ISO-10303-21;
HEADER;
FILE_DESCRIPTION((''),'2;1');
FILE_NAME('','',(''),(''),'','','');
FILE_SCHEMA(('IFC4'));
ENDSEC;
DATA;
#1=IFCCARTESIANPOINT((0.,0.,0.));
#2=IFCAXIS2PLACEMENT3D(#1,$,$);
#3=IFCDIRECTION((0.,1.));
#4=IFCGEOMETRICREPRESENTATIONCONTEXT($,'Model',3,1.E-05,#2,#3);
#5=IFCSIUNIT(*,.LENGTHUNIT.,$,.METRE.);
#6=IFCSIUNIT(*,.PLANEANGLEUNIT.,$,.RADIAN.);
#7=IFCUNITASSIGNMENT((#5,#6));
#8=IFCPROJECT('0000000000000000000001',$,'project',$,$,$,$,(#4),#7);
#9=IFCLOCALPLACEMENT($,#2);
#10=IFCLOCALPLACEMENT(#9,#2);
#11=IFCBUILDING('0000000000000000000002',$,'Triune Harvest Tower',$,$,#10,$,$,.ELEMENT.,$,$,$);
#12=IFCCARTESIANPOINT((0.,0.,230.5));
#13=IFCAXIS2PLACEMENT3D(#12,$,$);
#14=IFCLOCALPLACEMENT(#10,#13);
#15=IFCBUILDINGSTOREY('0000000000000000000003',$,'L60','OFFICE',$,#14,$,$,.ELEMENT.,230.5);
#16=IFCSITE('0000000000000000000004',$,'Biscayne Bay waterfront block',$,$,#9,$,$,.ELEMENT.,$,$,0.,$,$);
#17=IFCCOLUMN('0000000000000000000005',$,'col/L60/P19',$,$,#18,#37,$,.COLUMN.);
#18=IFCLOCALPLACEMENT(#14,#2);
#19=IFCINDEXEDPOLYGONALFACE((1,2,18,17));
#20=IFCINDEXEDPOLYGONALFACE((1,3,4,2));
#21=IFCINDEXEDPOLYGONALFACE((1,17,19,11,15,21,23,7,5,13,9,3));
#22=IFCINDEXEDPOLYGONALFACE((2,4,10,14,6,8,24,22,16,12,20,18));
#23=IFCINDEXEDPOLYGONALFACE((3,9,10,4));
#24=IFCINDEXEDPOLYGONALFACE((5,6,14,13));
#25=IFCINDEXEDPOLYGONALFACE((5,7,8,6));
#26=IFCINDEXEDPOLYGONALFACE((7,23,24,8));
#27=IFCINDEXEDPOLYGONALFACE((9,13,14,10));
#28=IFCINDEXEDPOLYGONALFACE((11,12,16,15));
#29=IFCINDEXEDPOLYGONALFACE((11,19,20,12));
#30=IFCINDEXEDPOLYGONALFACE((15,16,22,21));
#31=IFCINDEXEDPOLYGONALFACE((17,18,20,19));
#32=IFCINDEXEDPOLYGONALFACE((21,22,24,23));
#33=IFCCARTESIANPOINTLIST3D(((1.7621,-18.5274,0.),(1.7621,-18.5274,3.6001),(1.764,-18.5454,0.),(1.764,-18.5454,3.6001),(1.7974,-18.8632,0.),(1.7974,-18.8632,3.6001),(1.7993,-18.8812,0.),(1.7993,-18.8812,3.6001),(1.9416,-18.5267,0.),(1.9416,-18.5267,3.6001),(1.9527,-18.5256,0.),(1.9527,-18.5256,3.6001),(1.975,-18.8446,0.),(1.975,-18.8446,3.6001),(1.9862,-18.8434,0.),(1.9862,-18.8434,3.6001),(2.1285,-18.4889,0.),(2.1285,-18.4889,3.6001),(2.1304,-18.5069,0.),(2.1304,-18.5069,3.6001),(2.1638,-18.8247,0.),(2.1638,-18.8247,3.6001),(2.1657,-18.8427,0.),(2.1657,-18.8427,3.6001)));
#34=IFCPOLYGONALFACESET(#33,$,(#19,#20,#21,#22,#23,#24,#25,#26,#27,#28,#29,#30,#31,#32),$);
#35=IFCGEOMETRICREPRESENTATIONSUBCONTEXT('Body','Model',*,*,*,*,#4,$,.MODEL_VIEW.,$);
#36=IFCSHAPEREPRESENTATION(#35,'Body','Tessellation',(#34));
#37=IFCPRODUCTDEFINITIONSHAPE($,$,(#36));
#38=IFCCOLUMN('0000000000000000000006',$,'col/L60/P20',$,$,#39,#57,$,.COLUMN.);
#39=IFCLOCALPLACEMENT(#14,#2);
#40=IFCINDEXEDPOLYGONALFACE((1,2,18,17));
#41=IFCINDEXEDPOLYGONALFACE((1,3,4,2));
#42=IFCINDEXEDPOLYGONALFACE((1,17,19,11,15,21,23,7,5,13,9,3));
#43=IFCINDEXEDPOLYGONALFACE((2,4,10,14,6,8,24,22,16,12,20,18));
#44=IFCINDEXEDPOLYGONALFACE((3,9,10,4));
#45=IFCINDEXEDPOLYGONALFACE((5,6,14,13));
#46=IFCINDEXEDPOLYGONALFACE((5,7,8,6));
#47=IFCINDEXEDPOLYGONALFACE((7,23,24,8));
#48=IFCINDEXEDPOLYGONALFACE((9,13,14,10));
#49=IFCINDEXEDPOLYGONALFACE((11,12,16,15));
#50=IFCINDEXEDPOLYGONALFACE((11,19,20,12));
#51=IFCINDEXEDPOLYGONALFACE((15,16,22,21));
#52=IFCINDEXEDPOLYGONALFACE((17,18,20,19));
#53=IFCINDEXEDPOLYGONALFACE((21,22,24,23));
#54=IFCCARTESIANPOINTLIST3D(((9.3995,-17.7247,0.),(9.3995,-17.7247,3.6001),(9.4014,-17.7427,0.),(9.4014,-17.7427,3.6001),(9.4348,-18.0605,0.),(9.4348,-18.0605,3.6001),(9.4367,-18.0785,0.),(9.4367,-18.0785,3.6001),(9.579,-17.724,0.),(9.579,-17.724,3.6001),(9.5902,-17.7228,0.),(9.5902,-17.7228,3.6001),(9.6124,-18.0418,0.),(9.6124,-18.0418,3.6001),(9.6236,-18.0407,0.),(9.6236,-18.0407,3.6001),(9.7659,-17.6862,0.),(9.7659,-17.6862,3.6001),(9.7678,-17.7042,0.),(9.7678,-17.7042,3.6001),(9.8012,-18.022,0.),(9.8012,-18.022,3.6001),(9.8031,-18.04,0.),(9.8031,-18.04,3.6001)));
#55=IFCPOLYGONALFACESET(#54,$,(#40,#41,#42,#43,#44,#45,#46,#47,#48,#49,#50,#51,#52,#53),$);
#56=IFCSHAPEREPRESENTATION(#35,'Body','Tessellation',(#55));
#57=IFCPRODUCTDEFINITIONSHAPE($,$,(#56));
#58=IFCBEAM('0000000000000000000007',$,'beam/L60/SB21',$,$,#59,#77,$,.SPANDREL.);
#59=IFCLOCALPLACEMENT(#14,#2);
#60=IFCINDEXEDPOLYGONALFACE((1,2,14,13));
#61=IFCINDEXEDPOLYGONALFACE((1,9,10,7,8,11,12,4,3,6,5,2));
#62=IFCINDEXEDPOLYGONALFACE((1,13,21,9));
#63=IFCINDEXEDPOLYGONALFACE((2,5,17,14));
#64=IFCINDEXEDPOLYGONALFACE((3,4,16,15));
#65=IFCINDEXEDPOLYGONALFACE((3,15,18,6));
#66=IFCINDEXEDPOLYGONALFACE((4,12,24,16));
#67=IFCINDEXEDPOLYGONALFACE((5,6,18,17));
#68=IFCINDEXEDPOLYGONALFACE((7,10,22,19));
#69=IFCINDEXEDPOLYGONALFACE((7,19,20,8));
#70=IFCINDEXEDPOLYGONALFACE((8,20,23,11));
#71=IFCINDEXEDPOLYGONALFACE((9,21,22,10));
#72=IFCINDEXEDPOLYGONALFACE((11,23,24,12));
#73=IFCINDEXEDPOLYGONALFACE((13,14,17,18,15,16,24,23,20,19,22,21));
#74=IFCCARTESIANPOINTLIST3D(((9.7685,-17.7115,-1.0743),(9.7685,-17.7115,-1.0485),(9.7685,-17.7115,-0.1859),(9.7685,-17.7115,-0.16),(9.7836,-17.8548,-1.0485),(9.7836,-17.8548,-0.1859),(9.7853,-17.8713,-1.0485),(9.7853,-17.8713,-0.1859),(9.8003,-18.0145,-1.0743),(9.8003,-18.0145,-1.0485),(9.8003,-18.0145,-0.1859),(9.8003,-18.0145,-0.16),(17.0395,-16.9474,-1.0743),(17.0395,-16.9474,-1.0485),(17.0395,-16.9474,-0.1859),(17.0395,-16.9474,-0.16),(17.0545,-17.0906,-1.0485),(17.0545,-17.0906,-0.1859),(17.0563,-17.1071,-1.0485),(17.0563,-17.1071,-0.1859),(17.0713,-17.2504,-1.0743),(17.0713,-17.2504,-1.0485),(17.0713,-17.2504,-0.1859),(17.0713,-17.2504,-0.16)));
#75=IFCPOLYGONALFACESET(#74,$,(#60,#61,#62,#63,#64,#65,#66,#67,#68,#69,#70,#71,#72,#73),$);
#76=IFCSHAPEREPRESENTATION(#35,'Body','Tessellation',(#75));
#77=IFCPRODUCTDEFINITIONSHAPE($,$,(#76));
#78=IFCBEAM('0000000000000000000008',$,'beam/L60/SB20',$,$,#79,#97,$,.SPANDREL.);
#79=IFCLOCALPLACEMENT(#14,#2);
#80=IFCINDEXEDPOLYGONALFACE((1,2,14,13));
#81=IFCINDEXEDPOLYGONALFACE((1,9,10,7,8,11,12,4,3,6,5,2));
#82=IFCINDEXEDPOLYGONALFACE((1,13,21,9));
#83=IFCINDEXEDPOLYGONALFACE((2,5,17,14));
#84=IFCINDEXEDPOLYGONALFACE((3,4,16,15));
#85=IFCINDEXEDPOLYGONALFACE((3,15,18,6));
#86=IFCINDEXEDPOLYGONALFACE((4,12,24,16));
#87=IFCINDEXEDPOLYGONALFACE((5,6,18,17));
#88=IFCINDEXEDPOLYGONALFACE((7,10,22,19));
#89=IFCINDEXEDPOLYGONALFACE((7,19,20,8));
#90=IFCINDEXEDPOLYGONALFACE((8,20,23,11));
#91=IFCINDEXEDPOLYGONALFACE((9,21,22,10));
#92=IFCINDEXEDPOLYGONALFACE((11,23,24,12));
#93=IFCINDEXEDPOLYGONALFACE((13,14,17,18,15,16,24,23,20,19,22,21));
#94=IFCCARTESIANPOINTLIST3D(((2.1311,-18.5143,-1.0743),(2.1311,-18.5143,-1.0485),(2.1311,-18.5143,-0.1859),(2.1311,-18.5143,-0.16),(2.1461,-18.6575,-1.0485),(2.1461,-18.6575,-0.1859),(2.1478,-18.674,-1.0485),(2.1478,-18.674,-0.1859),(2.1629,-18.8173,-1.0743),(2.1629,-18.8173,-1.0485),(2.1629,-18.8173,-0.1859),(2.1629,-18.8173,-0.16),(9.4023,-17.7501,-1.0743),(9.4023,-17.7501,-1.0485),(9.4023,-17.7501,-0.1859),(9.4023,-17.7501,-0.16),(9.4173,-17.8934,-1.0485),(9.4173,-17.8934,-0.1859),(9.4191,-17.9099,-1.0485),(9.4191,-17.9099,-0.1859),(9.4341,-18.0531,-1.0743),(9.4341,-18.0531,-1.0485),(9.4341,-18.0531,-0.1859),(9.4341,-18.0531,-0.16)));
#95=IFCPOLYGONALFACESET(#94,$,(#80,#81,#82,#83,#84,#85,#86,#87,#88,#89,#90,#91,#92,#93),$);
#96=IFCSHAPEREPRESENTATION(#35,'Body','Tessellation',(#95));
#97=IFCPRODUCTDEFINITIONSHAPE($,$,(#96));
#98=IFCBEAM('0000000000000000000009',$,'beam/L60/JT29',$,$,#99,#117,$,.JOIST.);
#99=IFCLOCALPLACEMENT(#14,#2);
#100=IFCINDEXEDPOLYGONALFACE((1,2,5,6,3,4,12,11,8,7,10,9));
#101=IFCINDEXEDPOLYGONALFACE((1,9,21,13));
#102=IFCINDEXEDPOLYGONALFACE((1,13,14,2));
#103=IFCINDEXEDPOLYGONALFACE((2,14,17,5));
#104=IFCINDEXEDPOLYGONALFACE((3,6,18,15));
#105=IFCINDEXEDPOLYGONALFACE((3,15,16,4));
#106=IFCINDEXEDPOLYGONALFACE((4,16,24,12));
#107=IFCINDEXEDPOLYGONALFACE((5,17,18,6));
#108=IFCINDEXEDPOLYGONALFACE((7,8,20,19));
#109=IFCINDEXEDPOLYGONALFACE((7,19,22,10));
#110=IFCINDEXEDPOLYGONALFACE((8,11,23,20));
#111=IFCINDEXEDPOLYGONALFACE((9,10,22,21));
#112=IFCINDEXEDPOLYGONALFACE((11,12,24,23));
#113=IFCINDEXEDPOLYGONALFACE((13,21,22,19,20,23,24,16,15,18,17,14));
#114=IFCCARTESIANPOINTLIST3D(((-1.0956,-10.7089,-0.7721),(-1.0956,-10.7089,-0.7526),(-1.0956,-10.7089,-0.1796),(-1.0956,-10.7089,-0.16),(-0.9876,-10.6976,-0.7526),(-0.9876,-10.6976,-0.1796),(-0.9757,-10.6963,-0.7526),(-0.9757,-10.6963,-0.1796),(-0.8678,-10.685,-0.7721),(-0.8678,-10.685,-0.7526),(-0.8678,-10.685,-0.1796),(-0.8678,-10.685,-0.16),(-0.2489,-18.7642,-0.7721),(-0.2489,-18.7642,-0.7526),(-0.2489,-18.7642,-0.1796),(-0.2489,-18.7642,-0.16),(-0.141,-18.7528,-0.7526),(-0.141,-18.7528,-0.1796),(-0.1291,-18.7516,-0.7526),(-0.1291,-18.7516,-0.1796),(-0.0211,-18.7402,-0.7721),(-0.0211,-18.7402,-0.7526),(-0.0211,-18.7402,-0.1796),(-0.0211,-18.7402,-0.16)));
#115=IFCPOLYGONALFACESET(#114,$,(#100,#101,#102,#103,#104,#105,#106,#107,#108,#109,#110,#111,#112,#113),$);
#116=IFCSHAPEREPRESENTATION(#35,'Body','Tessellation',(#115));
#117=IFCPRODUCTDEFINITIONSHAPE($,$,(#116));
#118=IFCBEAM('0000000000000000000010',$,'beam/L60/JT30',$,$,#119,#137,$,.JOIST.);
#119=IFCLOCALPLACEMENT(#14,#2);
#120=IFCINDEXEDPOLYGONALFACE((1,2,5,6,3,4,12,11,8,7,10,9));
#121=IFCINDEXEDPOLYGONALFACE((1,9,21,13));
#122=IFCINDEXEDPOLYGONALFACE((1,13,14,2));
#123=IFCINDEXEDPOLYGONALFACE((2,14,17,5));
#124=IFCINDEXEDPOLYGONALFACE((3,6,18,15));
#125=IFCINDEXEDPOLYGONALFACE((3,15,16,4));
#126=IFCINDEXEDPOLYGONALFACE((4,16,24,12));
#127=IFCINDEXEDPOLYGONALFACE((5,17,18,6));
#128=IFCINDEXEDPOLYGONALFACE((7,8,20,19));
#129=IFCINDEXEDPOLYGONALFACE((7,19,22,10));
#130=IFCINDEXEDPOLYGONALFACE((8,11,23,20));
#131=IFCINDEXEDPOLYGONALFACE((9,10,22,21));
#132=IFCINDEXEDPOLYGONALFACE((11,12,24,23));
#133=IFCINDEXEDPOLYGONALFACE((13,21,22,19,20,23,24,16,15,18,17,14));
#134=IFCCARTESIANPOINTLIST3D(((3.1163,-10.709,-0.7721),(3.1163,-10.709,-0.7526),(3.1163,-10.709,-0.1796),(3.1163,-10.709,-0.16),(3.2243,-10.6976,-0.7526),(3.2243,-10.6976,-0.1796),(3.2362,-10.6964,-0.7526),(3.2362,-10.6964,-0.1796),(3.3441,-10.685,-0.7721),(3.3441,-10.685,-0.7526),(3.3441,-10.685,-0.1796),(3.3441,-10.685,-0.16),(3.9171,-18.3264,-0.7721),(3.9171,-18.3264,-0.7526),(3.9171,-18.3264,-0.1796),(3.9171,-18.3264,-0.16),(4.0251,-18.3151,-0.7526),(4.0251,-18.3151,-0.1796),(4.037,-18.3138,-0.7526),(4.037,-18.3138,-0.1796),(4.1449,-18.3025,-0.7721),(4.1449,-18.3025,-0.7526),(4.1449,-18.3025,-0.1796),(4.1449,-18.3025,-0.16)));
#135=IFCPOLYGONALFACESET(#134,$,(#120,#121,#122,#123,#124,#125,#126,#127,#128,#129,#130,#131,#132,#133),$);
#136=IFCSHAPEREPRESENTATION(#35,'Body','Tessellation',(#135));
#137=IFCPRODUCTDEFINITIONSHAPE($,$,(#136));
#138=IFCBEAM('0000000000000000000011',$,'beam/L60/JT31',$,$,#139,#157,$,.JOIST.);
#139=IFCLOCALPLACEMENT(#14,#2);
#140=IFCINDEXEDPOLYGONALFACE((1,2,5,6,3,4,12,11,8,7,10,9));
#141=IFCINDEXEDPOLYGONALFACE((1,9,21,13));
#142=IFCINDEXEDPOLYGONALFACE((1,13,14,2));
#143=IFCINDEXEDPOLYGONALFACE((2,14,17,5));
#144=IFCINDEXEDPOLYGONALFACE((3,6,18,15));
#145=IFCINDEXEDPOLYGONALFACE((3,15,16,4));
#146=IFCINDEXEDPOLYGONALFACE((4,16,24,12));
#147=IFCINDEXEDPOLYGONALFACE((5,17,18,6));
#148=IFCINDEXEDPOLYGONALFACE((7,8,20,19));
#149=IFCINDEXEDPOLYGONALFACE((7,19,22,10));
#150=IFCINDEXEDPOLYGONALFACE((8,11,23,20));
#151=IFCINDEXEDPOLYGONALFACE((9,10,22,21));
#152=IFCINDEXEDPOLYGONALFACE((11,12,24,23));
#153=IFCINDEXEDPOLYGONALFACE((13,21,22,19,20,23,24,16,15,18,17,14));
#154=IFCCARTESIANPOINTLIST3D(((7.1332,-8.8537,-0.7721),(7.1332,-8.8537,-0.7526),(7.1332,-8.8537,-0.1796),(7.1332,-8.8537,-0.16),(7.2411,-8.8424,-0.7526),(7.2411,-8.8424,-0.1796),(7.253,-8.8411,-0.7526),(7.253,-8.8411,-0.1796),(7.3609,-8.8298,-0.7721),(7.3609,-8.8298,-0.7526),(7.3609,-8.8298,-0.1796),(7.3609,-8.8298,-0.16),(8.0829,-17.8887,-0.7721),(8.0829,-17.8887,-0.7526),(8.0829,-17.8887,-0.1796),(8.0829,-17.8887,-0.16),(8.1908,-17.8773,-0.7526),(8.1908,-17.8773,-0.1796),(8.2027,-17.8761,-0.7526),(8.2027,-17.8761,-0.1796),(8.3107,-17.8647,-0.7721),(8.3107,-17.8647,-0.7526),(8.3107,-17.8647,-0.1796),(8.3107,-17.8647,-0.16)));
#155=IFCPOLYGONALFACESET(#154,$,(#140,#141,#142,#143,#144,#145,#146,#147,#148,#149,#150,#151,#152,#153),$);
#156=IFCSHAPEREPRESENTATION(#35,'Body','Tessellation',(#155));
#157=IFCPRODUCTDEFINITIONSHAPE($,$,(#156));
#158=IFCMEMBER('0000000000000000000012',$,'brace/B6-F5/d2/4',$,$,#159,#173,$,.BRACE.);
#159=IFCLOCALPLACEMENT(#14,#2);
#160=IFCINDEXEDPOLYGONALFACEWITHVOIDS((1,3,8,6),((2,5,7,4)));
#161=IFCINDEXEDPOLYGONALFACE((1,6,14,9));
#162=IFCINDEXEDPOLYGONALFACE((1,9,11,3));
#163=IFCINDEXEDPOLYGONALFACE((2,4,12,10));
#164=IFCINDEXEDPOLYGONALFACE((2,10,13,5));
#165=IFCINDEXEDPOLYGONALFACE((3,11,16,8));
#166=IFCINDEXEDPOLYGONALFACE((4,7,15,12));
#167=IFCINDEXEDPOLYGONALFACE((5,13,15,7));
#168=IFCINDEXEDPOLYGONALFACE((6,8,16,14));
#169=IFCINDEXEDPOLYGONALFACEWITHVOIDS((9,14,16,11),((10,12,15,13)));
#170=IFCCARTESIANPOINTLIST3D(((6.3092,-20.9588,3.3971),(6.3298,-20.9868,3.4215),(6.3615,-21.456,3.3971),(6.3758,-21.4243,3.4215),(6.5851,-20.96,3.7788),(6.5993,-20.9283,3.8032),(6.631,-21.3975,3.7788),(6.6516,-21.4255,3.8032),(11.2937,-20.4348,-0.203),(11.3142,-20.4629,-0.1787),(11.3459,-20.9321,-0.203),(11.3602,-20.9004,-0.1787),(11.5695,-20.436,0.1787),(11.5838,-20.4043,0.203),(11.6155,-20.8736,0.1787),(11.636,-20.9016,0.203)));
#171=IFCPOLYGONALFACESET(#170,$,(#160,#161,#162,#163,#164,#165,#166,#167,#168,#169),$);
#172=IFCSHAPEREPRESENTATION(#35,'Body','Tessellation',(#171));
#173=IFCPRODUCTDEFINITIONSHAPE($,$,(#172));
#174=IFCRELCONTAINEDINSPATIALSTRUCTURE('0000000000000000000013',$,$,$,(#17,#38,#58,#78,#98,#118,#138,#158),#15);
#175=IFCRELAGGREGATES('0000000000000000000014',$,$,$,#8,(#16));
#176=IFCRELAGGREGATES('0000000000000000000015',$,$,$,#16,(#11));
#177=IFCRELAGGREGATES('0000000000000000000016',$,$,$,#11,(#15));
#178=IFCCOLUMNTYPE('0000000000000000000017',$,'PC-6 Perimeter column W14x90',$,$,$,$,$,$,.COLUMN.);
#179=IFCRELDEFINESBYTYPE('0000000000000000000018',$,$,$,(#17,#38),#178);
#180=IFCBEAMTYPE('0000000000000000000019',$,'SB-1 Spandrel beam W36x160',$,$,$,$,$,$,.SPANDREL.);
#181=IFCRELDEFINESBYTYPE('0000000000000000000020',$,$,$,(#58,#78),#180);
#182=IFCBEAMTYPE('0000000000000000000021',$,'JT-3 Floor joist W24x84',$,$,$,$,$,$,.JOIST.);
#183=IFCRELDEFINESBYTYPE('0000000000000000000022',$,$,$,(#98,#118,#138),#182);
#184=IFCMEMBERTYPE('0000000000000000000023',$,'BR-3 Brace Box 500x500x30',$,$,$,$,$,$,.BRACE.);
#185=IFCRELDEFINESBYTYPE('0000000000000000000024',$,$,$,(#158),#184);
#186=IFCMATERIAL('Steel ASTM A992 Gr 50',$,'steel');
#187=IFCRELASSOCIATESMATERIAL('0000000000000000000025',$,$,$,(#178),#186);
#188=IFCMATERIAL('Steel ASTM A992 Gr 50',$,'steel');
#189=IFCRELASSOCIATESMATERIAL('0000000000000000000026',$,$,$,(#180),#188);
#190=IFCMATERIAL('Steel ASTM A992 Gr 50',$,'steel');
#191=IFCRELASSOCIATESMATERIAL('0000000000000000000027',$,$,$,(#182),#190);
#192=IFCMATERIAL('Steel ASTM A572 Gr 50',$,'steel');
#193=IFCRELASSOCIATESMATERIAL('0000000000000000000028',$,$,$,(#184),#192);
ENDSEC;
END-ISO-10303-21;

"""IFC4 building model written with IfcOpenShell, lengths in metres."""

from ifc_helpers import new_model, si_unit, direction, frame, origin, origin_2d, place, context, subcontext, project, spatial, hollow_rectangle, i_section, extrude, source, transform, mapped, material, material_profile, profile_set, type_object, element, save


model = new_model("IFC4")

# Units and contexts
model_context = context("Model", 3, precision=1e-05, world=origin(), true_north=direction((0.0, 1.0)))
body_context = subcontext(model_context, "Body", "Model", "MODEL_VIEW")
ifc_project = project(units=[si_unit("LENGTHUNIT", "METRE"), si_unit("PLANEANGLEUNIT", "RADIAN")], contexts=[model_context])

# Site, building, storey
site_placement = place(None, origin())
site = spatial("IfcSite", under=ifc_project, at=site_placement, Name="Biscayne Bay waterfront block", CompositionType="ELEMENT", RefElevation=0.0)
building_placement = place(site_placement, origin())
building = spatial("IfcBuilding", under=site, at=building_placement, Name="Triune Harvest Tower", CompositionType="ELEMENT")
storey_placement = place(building_placement, frame((0.0, 0.0, 230.5)))
storey = spatial("IfcBuildingStorey", under=building, at=storey_placement, Name="L60", Description="OFFICE", CompositionType="ELEMENT", Elevation=230.5)

# Columns
ifc_material_1 = material(Name="Steel ASTM A992 Gr 50", Category="steel")
ifc_material_profile_1 = material_profile(ifc_material_1, i_section(OverallWidth=0.3684, OverallDepth=0.3557, WebThickness=0.0112, FlangeThickness=0.0181, at=origin_2d()), Name="W14x90")
ifc_profile_set_1 = profile_set([ifc_material_profile_1], Name="Steel ASTM A992 Gr 50")
column_type = type_object("IfcColumnType", Name="PC-6 Perimeter column W14x90", PredefinedType="COLUMN", material=ifc_profile_set_1)
shared_shape_1 = source(origin(), body_context, "Body", "SweptSolid", [
    extrude(i_section(OverallWidth=0.3684, OverallDepth=0.3557, WebThickness=0.0112, FlangeThickness=0.0181, at=origin_2d()), origin(), (0.0, 0.0, 1.0), 3.6001),
])
for number, where, z_axis, x_axis, name in (
    (1, (1.9639, -18.6851, 0.0), (0.0, 0.0, 1.0), (0.994522, 0.10453, 0.0), "col/L60/P19"),
    (2, (9.6013, -17.8823, 0.0), (0.0, 0.0, 1.0), (0.994522, 0.10453, 0.0), "col/L60/P20"),
):
    element("IfcColumn", number, at=place(storey_placement, frame(where, z_axis=z_axis, x_axis=x_axis)), inside=storey, type_object=column_type, Name=name, PredefinedType="COLUMN", context=body_context, shape_type="MappedRepresentation", body=[
        mapped(shared_shape_1, transform((0.0, 0.0, 0.0), scale=1.0)),
    ])

# Beams
ifc_material_2 = material(Name="Steel ASTM A992 Gr 50", Category="steel")
ifc_material_profile_2 = material_profile(ifc_material_2, i_section(OverallWidth=0.3047, OverallDepth=0.9143, WebThickness=0.0166, FlangeThickness=0.0259, at=origin_2d()), Name="W36x160")
ifc_profile_set_2 = profile_set([ifc_material_profile_2], Name="Steel ASTM A992 Gr 50")
beam_type_1 = type_object("IfcBeamType", Name="SB-1 Spandrel beam W36x160", PredefinedType="SPANDREL", material=ifc_profile_set_2)
shared_shape_2 = source(origin(), body_context, "Body", "SweptSolid", [
    extrude(i_section(OverallWidth=0.3047, OverallDepth=0.9143, WebThickness=0.0166, FlangeThickness=0.0259, at=origin_2d()), origin(), (0.0, 0.0, 1.0), 7.311),
])
beam_1_placement = place(storey_placement, frame((9.7844, -17.863, -0.6172), z_axis=(0.994523, 0.104521, 0.0), x_axis=(-0.104521, 0.994523, 0.0)))
element("IfcBeam", 3, at=beam_1_placement, inside=storey, type_object=beam_type_1, Name="beam/L60/SB21", PredefinedType="SPANDREL", context=body_context, shape_type="MappedRepresentation", body=[
    mapped(shared_shape_2, transform((0.0, 0.0, 0.0), scale=1.0)),
])
shared_shape_3 = source(origin(), body_context, "Body", "SweptSolid", [
    extrude(i_section(OverallWidth=0.3047, OverallDepth=0.9143, WebThickness=0.0166, FlangeThickness=0.0259, at=origin_2d()), origin(), (0.0, 0.0, 1.0), 7.3113),
])
beam_2_placement = place(storey_placement, frame((2.147, -18.6658, -0.6172), z_axis=(0.994523, 0.104518, 0.0), x_axis=(-0.104518, 0.994523, 0.0)))
element("IfcBeam", 4, at=beam_2_placement, inside=storey, type_object=beam_type_1, Name="beam/L60/SB20", PredefinedType="SPANDREL", context=body_context, shape_type="MappedRepresentation", body=[
    mapped(shared_shape_3, transform((0.0, 0.0, 0.0), scale=1.0)),
])
ifc_material_3 = material(Name="Steel ASTM A992 Gr 50", Category="steel")
ifc_material_profile_3 = material_profile(ifc_material_3, i_section(OverallWidth=0.229, OverallDepth=0.6121, WebThickness=0.012, FlangeThickness=0.0195, at=origin_2d()), Name="W24x84")
ifc_profile_set_3 = profile_set([ifc_material_profile_3], Name="Steel ASTM A992 Gr 50")
beam_type_2 = type_object("IfcBeamType", Name="JT-3 Floor joist W24x84", PredefinedType="JOIST", material=ifc_profile_set_3)
shared_shape_4 = source(origin(), body_context, "Body", "SweptSolid", [
    extrude(i_section(OverallWidth=0.229, OverallDepth=0.6121, WebThickness=0.012, FlangeThickness=0.0195, at=origin_2d()), origin(), (0.0, 0.0, 1.0), 8.0996),
])
beam_3_placement = place(storey_placement, frame((-0.135, -18.7522, -0.4661), z_axis=(-0.104534, 0.994521, 0.0), x_axis=(-0.994521, -0.104534, 0.0)))
element("IfcBeam", 5, at=beam_3_placement, inside=storey, type_object=beam_type_2, Name="beam/L60/JT29", PredefinedType="JOIST", context=body_context, shape_type="MappedRepresentation", body=[
    mapped(shared_shape_4, transform((0.0, 0.0, 0.0), scale=1.0)),
])
shared_shape_5 = source(origin(), body_context, "Body", "SweptSolid", [
    extrude(i_section(OverallWidth=0.229, OverallDepth=0.6121, WebThickness=0.012, FlangeThickness=0.0195, at=origin_2d()), origin(), (0.0, 0.0, 1.0), 7.6594),
])
beam_4_placement = place(storey_placement, frame((4.031, -18.3145, -0.4661), z_axis=(-0.104549, 0.99452, 0.0), x_axis=(-0.99452, -0.104549, 0.0)))
element("IfcBeam", 6, at=beam_4_placement, inside=storey, type_object=beam_type_2, Name="beam/L60/JT30", PredefinedType="JOIST", context=body_context, shape_type="MappedRepresentation", body=[
    mapped(shared_shape_5, transform((0.0, 0.0, 0.0), scale=1.0)),
])
shared_shape_6 = source(origin(), body_context, "Body", "SweptSolid", [
    extrude(i_section(OverallWidth=0.229, OverallDepth=0.6121, WebThickness=0.012, FlangeThickness=0.0195, at=origin_2d()), origin(), (0.0, 0.0, 1.0), 9.0847),
])
beam_5_placement = place(storey_placement, frame((8.1968, -17.8767, -0.4661), z_axis=(-0.104539, 0.994521, 0.0), x_axis=(-0.994521, -0.104539, 0.0)))
element("IfcBeam", 7, at=beam_5_placement, inside=storey, type_object=beam_type_2, Name="beam/L60/JT31", PredefinedType="JOIST", context=body_context, shape_type="MappedRepresentation", body=[
    mapped(shared_shape_6, transform((0.0, 0.0, 0.0), scale=1.0)),
])

# Member
ifc_material_4 = material(Name="Steel ASTM A572 Gr 50", Category="steel")
ifc_material_profile_4 = material_profile(ifc_material_4, hollow_rectangle(XDim=0.5, YDim=0.5, WallThickness=0.03, at=origin_2d()), Name="Box 500x500x30")
ifc_profile_set_4 = profile_set([ifc_material_profile_4], Name="Steel ASTM A572 Gr 50")
member_type_1 = type_object("IfcMemberType", Name="BR-3 Brace Box 500x500x30", PredefinedType="BRACE", material=ifc_profile_set_4)
shared_shape_7 = source(origin(), body_context, "Body", "SweptSolid", [
    extrude(hollow_rectangle(XDim=0.5, YDim=0.5, WallThickness=0.03, at=origin_2d()), origin(), (0.0, 0.0, 1.0), 6.1709),
])
member_1_placement = place(storey_placement, frame((11.4648, -20.6682, 0.0), z_axis=(-0.807731, -0.084904, 0.583405), x_axis=(0.104538, -0.994521, 0.0)))
element("IfcMember", 8, at=member_1_placement, inside=storey, type_object=member_type_1, Name="brace/B6-F5/d2/4", PredefinedType="BRACE", context=body_context, shape_type="MappedRepresentation", body=[
    mapped(shared_shape_7, transform((0.0, 0.0, 0.0), scale=1.0)),
])

save(model, "model.ifc")
